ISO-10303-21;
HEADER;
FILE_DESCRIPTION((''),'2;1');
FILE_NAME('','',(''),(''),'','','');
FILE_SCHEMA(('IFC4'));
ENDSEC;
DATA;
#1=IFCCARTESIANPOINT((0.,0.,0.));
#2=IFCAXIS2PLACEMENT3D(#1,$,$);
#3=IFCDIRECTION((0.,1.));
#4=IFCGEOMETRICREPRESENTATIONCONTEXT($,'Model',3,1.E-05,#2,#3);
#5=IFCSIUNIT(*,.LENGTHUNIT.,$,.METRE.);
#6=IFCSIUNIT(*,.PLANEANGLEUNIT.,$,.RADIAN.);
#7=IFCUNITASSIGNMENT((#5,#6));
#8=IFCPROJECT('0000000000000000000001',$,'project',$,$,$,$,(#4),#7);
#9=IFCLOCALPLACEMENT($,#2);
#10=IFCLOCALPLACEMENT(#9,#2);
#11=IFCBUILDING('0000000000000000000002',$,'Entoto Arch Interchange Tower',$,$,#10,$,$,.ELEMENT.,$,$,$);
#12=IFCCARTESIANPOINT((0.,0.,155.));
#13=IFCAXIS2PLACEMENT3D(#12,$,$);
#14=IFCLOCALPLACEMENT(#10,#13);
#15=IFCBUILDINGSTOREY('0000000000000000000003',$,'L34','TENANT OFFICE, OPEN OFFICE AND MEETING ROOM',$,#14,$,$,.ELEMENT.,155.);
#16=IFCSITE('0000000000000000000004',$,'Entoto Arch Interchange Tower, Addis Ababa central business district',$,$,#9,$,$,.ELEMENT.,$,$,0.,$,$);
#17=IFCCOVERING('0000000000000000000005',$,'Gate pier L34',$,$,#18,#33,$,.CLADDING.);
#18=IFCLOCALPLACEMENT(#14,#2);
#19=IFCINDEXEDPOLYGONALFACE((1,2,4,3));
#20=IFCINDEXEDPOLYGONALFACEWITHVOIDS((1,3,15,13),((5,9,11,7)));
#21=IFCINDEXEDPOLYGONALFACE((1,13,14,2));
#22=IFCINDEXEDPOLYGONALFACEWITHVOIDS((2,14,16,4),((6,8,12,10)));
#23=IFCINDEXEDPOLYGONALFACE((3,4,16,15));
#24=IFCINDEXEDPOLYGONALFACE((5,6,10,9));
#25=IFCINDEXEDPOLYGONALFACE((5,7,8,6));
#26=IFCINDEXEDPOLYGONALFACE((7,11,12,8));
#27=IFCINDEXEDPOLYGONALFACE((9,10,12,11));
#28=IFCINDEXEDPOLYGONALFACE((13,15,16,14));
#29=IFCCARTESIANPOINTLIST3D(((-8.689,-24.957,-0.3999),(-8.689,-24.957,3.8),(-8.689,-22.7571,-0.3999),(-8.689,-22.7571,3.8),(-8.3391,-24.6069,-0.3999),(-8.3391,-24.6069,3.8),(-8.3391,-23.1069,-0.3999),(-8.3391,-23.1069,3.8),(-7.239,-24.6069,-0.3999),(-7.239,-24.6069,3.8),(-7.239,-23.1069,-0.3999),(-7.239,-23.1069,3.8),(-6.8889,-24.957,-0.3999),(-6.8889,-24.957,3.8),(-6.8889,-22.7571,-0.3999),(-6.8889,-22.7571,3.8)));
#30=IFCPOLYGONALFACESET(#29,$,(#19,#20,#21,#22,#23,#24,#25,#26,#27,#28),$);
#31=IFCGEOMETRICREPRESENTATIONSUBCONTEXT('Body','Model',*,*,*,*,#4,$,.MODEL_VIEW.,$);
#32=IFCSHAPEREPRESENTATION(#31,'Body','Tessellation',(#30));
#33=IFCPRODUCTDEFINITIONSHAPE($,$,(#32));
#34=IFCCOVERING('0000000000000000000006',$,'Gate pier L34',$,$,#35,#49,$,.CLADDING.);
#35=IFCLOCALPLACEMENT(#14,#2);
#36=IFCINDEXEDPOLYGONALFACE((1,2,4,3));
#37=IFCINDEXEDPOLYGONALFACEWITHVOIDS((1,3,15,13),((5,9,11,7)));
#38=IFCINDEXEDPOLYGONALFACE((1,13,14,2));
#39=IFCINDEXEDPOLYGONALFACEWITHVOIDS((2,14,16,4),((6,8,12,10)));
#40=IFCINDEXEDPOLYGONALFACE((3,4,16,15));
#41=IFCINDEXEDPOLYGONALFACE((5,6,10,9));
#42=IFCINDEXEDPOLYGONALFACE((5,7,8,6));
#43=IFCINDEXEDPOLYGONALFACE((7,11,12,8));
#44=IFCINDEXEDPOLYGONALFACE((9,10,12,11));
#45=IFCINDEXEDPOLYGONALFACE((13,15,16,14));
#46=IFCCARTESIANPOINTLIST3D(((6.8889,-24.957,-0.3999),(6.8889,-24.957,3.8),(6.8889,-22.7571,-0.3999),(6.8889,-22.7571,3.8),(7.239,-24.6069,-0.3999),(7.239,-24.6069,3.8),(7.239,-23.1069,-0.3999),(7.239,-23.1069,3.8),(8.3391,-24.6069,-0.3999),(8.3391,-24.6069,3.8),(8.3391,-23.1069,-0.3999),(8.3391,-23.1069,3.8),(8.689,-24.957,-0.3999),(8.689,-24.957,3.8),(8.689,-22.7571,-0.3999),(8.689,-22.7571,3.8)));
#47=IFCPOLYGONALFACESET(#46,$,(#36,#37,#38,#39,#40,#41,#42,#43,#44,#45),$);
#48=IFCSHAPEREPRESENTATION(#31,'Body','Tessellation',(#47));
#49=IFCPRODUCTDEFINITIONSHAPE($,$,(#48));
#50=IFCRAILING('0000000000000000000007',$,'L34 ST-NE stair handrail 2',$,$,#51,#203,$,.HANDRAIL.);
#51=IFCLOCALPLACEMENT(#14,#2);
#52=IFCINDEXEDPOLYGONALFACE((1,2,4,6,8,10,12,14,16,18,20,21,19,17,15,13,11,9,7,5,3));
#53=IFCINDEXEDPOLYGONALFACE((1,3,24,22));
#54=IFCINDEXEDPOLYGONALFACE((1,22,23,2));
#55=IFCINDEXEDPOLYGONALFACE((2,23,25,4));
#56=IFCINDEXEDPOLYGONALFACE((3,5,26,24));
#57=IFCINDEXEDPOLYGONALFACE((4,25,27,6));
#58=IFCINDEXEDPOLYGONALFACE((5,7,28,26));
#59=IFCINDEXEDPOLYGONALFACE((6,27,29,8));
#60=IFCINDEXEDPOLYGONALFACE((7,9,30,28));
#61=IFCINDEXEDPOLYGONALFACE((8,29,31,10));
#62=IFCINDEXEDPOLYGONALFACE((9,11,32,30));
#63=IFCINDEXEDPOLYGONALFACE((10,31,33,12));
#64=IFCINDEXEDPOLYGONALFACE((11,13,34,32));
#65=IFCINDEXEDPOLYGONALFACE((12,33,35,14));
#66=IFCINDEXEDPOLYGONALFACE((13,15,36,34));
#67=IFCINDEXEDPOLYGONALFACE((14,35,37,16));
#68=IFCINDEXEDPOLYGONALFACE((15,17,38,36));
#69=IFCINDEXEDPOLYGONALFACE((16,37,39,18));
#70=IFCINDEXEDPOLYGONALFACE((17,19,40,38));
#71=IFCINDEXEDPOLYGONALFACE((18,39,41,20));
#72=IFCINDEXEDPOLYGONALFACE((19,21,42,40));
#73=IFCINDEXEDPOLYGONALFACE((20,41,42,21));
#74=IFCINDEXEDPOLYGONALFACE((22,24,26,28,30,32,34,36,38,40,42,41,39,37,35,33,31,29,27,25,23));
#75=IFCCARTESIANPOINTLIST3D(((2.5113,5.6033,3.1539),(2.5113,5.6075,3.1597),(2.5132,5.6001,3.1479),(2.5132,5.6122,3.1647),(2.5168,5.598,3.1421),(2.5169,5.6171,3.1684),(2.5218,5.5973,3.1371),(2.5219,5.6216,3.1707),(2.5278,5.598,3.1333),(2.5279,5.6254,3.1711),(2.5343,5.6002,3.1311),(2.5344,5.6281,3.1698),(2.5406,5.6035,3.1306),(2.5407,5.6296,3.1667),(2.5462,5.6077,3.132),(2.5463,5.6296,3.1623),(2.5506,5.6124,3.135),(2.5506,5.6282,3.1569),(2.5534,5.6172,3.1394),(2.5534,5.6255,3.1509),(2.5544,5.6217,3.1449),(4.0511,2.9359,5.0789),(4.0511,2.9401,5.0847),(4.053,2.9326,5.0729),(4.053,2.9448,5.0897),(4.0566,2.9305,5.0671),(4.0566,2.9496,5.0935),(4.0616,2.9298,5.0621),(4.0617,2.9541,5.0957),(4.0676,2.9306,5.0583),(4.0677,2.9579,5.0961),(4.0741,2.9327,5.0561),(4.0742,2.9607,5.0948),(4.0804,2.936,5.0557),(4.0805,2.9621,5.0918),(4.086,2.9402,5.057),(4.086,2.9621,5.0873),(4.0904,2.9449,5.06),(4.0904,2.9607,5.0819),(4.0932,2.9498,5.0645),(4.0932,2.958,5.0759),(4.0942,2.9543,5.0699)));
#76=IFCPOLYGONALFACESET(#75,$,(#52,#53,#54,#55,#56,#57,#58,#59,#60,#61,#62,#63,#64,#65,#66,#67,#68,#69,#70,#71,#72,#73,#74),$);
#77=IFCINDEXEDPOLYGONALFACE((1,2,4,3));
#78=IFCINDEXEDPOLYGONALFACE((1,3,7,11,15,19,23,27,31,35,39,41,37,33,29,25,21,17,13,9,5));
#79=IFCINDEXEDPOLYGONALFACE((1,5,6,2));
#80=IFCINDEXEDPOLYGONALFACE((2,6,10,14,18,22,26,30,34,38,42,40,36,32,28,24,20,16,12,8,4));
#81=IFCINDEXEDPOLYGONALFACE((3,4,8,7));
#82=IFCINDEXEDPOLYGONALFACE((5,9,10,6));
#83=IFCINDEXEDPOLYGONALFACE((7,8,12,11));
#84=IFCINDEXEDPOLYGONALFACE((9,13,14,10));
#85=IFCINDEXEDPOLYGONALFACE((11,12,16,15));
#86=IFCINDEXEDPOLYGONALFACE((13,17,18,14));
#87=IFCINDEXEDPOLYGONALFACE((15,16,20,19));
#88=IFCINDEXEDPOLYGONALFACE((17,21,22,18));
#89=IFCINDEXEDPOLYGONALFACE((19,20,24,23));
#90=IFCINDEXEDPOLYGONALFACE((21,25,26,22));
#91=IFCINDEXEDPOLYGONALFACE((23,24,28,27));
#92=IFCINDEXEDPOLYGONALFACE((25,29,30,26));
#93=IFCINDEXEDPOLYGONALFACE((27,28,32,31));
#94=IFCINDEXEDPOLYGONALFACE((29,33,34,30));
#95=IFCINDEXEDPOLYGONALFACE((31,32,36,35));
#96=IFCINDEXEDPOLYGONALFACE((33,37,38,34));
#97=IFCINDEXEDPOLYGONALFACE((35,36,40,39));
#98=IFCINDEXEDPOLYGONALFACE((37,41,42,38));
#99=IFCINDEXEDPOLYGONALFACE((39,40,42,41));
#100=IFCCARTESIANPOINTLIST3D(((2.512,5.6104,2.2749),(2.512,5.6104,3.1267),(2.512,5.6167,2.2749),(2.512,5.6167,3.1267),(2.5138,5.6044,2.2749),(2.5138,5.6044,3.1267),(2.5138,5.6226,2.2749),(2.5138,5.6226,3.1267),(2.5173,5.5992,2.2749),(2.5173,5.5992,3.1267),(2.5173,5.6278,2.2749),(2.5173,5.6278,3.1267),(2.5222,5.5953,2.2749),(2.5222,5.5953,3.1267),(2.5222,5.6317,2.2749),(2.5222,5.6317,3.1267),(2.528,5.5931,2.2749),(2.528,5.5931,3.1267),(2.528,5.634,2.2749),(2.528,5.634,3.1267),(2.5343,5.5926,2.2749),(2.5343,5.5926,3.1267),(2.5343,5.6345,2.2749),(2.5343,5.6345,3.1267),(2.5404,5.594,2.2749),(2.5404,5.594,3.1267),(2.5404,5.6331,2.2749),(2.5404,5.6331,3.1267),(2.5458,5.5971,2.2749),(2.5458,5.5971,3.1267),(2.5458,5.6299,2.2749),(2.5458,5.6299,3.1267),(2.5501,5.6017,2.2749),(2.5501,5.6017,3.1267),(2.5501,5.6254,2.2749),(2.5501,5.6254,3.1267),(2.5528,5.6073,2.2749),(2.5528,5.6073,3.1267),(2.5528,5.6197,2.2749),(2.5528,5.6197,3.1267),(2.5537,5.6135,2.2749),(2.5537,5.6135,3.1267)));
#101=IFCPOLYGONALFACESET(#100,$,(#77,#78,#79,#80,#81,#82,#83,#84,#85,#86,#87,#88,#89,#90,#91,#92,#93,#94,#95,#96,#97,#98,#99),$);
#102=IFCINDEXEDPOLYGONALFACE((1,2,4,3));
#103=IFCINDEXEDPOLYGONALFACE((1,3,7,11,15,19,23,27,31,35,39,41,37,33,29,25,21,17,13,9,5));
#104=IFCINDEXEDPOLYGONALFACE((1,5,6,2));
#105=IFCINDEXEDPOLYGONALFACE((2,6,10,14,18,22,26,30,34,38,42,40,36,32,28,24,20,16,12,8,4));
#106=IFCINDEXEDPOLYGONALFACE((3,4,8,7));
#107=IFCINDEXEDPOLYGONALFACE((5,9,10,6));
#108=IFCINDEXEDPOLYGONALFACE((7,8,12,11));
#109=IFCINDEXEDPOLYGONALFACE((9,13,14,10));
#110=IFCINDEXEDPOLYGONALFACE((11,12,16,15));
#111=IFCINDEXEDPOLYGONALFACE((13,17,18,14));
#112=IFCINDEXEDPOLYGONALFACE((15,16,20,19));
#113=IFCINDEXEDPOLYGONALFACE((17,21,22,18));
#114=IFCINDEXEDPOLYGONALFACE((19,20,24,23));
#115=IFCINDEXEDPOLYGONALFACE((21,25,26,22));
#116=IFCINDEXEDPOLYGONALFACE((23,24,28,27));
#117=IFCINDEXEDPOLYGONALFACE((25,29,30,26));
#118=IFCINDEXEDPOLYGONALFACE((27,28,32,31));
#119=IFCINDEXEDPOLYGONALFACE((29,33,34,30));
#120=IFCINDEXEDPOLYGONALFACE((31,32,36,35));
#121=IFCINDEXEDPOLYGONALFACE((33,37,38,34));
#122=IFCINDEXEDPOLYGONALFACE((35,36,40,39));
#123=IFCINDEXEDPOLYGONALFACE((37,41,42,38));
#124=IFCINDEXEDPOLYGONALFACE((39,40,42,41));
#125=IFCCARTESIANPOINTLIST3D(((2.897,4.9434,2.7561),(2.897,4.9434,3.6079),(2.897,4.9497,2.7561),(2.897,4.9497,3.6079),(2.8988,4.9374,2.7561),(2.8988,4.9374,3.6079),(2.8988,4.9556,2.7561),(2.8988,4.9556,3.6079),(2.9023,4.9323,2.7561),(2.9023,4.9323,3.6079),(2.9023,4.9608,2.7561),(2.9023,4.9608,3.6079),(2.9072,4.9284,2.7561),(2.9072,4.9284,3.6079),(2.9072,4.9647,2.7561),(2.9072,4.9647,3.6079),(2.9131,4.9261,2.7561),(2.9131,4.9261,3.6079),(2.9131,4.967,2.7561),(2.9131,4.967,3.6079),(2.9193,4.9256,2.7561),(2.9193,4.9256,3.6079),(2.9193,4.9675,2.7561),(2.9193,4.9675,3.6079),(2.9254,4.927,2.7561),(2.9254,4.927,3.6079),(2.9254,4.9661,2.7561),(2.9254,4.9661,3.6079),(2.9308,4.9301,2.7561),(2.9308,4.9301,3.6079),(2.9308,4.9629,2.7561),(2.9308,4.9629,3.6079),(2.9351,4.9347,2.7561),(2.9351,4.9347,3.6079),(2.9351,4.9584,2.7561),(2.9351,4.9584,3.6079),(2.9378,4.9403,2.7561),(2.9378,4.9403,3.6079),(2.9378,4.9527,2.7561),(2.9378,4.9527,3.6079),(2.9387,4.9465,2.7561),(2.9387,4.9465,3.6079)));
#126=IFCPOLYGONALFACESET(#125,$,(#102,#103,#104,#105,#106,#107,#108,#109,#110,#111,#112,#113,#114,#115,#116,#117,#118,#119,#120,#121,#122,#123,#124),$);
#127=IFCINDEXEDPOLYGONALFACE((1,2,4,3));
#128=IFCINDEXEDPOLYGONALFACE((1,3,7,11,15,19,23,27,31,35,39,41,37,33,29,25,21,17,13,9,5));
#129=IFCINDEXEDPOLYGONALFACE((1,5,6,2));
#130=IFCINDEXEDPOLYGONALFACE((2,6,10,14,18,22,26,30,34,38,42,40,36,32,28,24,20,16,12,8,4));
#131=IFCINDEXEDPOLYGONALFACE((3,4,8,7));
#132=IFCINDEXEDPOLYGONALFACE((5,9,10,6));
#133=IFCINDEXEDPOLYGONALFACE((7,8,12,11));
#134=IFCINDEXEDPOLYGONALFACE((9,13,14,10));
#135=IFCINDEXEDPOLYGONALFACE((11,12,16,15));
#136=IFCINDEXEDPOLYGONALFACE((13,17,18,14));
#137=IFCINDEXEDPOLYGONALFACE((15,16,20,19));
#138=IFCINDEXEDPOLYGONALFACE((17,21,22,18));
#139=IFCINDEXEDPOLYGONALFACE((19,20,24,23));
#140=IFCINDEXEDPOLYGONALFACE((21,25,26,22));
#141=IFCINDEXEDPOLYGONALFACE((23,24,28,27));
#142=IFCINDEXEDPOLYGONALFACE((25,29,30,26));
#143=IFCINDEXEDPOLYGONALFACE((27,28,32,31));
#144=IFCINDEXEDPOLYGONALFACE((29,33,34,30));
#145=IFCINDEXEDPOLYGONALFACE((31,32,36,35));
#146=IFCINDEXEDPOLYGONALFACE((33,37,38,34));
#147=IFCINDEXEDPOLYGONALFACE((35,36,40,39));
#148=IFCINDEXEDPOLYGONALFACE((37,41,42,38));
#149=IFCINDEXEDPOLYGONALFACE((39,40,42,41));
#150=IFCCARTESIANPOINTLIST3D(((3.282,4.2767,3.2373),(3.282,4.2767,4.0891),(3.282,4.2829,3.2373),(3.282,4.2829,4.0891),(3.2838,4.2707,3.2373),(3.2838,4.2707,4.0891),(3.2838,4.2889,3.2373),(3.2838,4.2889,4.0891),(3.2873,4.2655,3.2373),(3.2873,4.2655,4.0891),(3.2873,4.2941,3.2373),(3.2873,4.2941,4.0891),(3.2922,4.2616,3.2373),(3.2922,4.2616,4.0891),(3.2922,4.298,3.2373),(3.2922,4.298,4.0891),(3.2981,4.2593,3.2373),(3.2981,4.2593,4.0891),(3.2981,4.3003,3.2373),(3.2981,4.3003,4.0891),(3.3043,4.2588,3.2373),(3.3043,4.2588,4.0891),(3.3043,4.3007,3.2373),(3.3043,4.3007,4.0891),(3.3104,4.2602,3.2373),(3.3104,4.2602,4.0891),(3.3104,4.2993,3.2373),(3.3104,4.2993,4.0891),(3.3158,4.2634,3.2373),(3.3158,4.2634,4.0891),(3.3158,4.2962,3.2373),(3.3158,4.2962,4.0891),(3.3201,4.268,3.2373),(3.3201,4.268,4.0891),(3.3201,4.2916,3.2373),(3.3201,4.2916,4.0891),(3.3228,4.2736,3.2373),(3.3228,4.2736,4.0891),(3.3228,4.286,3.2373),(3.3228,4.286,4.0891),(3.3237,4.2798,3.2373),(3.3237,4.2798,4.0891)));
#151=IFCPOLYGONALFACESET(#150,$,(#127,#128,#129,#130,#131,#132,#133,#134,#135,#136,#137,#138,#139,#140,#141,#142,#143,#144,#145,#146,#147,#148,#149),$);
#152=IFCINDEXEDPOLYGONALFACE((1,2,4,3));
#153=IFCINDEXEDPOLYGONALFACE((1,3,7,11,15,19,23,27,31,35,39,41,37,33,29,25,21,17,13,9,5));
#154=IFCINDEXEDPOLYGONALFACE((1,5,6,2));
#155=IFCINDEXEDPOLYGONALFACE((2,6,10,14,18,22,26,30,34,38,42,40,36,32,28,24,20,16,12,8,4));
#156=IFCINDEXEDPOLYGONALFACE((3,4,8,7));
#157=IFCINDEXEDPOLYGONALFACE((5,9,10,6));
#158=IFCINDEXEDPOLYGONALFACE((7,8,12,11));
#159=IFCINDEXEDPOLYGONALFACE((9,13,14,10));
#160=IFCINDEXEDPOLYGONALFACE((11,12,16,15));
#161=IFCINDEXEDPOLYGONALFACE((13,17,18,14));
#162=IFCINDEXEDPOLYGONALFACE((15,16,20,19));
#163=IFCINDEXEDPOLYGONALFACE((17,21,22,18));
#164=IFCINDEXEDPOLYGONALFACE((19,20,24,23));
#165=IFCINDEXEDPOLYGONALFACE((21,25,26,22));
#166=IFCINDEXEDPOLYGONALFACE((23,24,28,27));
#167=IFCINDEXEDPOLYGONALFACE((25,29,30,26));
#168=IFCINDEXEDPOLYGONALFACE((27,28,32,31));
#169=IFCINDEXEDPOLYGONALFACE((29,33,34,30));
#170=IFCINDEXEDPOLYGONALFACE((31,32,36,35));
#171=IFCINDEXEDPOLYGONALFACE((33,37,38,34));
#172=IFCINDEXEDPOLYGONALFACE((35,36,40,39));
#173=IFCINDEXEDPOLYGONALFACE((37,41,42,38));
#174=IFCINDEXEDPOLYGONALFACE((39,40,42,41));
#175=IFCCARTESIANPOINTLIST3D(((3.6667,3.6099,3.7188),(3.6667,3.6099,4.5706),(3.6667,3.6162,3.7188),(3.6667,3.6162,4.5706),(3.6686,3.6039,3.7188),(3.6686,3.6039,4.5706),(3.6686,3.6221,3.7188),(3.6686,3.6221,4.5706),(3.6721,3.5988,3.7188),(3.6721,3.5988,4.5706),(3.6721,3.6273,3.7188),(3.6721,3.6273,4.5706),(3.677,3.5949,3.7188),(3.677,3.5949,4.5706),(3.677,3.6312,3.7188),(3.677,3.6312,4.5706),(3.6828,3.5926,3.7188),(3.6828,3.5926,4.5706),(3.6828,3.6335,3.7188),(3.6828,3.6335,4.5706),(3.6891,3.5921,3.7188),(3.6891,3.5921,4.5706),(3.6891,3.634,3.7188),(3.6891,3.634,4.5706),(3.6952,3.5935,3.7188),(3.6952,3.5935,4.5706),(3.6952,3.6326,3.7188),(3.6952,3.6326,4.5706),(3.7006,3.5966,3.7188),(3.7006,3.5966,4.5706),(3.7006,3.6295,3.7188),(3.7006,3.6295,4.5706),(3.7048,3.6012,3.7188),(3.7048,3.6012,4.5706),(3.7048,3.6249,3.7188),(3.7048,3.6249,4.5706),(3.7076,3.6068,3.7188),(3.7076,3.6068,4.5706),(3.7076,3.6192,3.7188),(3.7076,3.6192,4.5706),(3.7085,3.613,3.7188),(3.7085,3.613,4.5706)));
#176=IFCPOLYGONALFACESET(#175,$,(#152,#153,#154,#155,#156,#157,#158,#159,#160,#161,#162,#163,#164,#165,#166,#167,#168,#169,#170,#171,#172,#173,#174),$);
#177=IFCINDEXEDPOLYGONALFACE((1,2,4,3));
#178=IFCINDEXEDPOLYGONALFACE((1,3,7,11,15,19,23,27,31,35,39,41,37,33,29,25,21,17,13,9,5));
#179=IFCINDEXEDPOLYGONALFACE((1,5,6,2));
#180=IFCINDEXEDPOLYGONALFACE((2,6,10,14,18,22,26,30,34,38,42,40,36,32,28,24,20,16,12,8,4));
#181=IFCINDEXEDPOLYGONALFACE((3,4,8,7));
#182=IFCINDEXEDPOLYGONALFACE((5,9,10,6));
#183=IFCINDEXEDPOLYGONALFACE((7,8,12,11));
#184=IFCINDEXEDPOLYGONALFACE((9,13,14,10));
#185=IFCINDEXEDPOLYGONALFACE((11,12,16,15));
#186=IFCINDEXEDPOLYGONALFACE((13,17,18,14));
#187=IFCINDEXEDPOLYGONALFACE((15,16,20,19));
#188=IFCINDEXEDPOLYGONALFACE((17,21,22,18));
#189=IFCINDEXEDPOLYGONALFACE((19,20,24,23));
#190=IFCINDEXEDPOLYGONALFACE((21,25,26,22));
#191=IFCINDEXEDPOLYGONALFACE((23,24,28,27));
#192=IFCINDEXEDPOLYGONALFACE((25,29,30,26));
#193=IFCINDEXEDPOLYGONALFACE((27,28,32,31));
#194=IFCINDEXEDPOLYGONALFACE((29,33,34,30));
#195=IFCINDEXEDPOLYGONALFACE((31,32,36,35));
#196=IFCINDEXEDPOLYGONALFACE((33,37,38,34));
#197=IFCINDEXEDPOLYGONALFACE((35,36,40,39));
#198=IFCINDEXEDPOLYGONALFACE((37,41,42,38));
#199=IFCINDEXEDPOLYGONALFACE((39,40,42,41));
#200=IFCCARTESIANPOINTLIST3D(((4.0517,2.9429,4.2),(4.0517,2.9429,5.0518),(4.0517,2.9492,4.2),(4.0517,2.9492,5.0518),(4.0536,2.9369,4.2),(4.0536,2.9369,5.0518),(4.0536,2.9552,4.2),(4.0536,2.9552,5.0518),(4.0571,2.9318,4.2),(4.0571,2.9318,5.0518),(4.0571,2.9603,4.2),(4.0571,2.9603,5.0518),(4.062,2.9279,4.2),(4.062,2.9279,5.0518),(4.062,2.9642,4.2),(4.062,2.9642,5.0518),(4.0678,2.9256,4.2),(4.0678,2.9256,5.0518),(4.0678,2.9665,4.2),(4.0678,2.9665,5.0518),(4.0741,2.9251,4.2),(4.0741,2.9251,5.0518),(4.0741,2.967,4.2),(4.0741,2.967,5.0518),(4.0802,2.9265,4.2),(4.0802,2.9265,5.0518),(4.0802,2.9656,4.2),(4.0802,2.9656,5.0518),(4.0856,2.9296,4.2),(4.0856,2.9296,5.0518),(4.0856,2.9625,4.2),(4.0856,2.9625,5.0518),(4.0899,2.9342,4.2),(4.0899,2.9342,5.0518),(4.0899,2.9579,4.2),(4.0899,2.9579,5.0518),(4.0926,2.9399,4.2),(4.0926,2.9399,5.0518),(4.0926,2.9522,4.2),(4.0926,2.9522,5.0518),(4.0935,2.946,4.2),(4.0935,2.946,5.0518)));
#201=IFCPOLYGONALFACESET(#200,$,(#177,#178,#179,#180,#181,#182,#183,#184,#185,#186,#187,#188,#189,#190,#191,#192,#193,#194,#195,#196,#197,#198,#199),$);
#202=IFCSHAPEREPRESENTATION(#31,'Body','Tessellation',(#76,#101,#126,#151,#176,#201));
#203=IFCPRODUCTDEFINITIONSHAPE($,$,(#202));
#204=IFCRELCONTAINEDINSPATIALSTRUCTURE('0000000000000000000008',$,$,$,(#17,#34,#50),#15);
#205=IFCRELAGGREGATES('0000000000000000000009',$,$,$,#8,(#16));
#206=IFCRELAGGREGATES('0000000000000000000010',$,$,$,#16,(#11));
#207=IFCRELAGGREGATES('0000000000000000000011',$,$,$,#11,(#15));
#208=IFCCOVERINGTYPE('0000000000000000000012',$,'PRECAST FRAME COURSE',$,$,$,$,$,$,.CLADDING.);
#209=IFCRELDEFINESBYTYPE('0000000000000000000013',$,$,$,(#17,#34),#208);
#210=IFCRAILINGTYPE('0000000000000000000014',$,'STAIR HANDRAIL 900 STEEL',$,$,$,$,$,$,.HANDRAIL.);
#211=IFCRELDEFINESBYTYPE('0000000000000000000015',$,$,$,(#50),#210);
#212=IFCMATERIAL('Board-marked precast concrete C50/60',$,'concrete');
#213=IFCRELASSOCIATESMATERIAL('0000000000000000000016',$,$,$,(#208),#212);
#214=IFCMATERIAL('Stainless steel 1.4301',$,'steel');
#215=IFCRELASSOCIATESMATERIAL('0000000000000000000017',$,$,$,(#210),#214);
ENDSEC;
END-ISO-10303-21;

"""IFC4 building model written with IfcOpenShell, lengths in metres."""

from ifc_helpers import new_model, si_unit, direction, frame, origin, origin_2d, place, context, subcontext, project, spatial, polyline, circle, outline, extrude, material, type_object, element, save


model = new_model("IFC4")

# Units and contexts
model_context = context("Model", 3, precision=1e-05, world=origin(), true_north=direction((0.0, 1.0)))
body_context = subcontext(model_context, "Body", "Model", "MODEL_VIEW")
ifc_project = project(units=[si_unit("LENGTHUNIT", "METRE"), si_unit("PLANEANGLEUNIT", "RADIAN")], contexts=[model_context])

# Site, building, storey
site_placement = place(None, origin())
site = spatial("IfcSite", under=ifc_project, at=site_placement, Name="Entoto Arch Interchange Tower, Addis Ababa central business district", CompositionType="ELEMENT", RefElevation=0.0)
building_placement = place(site_placement, origin())
building = spatial("IfcBuilding", under=site, at=building_placement, Name="Entoto Arch Interchange Tower", CompositionType="ELEMENT")
storey_placement = place(building_placement, frame((0.0, 0.0, 155.0)))
storey = spatial("IfcBuildingStorey", under=building, at=storey_placement, Name="L34", Description="TENANT OFFICE, OPEN OFFICE AND MEETING ROOM", CompositionType="ELEMENT", Elevation=155.0)

# Shared definitions
ifc_material_1 = material(Name="Board-marked precast concrete C50/60", Category="concrete")

# Coverings
covering_type = type_object("IfcCoveringType", Name="PRECAST FRAME COURSE", PredefinedType="CLADDING", material=ifc_material_1)
covering_1_placement = place(storey_placement, frame((0.0, 0.0, -0.3999)))
element("IfcCovering", 1, at=covering_1_placement, inside=storey, type_object=covering_type, Name="Gate pier L34", PredefinedType="CLADDING", context=body_context, shape_type="SweptSolid", body=[
    extrude(outline(polyline([(-8.689, -22.7571), (-6.8889, -22.7571), (-6.8889, -24.957), (-8.689, -24.957), (-8.689, -22.7571)]), holes=[polyline([(-8.3391, -23.1069), (-8.3391, -24.6069), (-7.239, -24.6069), (-7.239, -23.1069), (-8.3391, -23.1069)])]), origin(), (0.0, 0.0, 1.0), 4.2),
])
covering_2_placement = place(storey_placement, frame((0.0, 0.0, -0.3999)))
element("IfcCovering", 2, at=covering_2_placement, inside=storey, type_object=covering_type, Name="Gate pier L34", PredefinedType="CLADDING", context=body_context, shape_type="SweptSolid", body=[
    extrude(outline(polyline([(6.8889, -22.7571), (8.689, -22.7571), (8.689, -24.957), (6.8889, -24.957), (6.8889, -22.7571)]), holes=[polyline([(7.239, -23.1069), (7.239, -24.6069), (8.3391, -24.6069), (8.3391, -23.1069), (7.239, -23.1069)])]), origin(), (0.0, 0.0, 1.0), 4.2),
])

# Railing
ifc_material_2 = material(Name="Stainless steel 1.4301", Category="steel")
railing_type = type_object("IfcRailingType", Name="STAIR HANDRAIL 900 STEEL", PredefinedType="HANDRAIL", material=ifc_material_2)
railing_placement = place(storey_placement, frame((2.5327, 5.6135, 2.2749)))
element("IfcRailing", 3, at=railing_placement, inside=storey, type_object=railing_type, Name="L34 ST-NE stair handrail 2", PredefinedType="HANDRAIL", context=body_context, shape_type="SweptSolid", body=[
    extrude(circle(Radius=0.0239, at=origin_2d()), frame((0.0, 0.0, 0.876), z_axis=(0.423939, -0.734416, 0.530008), x_axis=(0.866064, 0.499933, 0.0)), (0.0, 0.0, 1.0), 3.6321),
    extrude(circle(Radius=0.021, at=origin_2d()), origin(), (0.0, 0.0, 1.0), 0.8518),
    extrude(circle(Radius=0.021, at=origin_2d()), frame((0.385, -0.667, 0.4812)), (0.0, 0.0, 1.0), 0.8518),
    extrude(circle(Radius=0.021, at=origin_2d()), frame((0.77, -1.3337, 0.9624)), (0.0, 0.0, 1.0), 0.8518),
    extrude(circle(Radius=0.021, at=origin_2d()), frame((1.1548, -2.0005, 1.4438)), (0.0, 0.0, 1.0), 0.8518),
    extrude(circle(Radius=0.021, at=origin_2d()), frame((1.5398, -2.6675, 1.925)), (0.0, 0.0, 1.0), 0.8518),
])

save(model, "model.ifc")
